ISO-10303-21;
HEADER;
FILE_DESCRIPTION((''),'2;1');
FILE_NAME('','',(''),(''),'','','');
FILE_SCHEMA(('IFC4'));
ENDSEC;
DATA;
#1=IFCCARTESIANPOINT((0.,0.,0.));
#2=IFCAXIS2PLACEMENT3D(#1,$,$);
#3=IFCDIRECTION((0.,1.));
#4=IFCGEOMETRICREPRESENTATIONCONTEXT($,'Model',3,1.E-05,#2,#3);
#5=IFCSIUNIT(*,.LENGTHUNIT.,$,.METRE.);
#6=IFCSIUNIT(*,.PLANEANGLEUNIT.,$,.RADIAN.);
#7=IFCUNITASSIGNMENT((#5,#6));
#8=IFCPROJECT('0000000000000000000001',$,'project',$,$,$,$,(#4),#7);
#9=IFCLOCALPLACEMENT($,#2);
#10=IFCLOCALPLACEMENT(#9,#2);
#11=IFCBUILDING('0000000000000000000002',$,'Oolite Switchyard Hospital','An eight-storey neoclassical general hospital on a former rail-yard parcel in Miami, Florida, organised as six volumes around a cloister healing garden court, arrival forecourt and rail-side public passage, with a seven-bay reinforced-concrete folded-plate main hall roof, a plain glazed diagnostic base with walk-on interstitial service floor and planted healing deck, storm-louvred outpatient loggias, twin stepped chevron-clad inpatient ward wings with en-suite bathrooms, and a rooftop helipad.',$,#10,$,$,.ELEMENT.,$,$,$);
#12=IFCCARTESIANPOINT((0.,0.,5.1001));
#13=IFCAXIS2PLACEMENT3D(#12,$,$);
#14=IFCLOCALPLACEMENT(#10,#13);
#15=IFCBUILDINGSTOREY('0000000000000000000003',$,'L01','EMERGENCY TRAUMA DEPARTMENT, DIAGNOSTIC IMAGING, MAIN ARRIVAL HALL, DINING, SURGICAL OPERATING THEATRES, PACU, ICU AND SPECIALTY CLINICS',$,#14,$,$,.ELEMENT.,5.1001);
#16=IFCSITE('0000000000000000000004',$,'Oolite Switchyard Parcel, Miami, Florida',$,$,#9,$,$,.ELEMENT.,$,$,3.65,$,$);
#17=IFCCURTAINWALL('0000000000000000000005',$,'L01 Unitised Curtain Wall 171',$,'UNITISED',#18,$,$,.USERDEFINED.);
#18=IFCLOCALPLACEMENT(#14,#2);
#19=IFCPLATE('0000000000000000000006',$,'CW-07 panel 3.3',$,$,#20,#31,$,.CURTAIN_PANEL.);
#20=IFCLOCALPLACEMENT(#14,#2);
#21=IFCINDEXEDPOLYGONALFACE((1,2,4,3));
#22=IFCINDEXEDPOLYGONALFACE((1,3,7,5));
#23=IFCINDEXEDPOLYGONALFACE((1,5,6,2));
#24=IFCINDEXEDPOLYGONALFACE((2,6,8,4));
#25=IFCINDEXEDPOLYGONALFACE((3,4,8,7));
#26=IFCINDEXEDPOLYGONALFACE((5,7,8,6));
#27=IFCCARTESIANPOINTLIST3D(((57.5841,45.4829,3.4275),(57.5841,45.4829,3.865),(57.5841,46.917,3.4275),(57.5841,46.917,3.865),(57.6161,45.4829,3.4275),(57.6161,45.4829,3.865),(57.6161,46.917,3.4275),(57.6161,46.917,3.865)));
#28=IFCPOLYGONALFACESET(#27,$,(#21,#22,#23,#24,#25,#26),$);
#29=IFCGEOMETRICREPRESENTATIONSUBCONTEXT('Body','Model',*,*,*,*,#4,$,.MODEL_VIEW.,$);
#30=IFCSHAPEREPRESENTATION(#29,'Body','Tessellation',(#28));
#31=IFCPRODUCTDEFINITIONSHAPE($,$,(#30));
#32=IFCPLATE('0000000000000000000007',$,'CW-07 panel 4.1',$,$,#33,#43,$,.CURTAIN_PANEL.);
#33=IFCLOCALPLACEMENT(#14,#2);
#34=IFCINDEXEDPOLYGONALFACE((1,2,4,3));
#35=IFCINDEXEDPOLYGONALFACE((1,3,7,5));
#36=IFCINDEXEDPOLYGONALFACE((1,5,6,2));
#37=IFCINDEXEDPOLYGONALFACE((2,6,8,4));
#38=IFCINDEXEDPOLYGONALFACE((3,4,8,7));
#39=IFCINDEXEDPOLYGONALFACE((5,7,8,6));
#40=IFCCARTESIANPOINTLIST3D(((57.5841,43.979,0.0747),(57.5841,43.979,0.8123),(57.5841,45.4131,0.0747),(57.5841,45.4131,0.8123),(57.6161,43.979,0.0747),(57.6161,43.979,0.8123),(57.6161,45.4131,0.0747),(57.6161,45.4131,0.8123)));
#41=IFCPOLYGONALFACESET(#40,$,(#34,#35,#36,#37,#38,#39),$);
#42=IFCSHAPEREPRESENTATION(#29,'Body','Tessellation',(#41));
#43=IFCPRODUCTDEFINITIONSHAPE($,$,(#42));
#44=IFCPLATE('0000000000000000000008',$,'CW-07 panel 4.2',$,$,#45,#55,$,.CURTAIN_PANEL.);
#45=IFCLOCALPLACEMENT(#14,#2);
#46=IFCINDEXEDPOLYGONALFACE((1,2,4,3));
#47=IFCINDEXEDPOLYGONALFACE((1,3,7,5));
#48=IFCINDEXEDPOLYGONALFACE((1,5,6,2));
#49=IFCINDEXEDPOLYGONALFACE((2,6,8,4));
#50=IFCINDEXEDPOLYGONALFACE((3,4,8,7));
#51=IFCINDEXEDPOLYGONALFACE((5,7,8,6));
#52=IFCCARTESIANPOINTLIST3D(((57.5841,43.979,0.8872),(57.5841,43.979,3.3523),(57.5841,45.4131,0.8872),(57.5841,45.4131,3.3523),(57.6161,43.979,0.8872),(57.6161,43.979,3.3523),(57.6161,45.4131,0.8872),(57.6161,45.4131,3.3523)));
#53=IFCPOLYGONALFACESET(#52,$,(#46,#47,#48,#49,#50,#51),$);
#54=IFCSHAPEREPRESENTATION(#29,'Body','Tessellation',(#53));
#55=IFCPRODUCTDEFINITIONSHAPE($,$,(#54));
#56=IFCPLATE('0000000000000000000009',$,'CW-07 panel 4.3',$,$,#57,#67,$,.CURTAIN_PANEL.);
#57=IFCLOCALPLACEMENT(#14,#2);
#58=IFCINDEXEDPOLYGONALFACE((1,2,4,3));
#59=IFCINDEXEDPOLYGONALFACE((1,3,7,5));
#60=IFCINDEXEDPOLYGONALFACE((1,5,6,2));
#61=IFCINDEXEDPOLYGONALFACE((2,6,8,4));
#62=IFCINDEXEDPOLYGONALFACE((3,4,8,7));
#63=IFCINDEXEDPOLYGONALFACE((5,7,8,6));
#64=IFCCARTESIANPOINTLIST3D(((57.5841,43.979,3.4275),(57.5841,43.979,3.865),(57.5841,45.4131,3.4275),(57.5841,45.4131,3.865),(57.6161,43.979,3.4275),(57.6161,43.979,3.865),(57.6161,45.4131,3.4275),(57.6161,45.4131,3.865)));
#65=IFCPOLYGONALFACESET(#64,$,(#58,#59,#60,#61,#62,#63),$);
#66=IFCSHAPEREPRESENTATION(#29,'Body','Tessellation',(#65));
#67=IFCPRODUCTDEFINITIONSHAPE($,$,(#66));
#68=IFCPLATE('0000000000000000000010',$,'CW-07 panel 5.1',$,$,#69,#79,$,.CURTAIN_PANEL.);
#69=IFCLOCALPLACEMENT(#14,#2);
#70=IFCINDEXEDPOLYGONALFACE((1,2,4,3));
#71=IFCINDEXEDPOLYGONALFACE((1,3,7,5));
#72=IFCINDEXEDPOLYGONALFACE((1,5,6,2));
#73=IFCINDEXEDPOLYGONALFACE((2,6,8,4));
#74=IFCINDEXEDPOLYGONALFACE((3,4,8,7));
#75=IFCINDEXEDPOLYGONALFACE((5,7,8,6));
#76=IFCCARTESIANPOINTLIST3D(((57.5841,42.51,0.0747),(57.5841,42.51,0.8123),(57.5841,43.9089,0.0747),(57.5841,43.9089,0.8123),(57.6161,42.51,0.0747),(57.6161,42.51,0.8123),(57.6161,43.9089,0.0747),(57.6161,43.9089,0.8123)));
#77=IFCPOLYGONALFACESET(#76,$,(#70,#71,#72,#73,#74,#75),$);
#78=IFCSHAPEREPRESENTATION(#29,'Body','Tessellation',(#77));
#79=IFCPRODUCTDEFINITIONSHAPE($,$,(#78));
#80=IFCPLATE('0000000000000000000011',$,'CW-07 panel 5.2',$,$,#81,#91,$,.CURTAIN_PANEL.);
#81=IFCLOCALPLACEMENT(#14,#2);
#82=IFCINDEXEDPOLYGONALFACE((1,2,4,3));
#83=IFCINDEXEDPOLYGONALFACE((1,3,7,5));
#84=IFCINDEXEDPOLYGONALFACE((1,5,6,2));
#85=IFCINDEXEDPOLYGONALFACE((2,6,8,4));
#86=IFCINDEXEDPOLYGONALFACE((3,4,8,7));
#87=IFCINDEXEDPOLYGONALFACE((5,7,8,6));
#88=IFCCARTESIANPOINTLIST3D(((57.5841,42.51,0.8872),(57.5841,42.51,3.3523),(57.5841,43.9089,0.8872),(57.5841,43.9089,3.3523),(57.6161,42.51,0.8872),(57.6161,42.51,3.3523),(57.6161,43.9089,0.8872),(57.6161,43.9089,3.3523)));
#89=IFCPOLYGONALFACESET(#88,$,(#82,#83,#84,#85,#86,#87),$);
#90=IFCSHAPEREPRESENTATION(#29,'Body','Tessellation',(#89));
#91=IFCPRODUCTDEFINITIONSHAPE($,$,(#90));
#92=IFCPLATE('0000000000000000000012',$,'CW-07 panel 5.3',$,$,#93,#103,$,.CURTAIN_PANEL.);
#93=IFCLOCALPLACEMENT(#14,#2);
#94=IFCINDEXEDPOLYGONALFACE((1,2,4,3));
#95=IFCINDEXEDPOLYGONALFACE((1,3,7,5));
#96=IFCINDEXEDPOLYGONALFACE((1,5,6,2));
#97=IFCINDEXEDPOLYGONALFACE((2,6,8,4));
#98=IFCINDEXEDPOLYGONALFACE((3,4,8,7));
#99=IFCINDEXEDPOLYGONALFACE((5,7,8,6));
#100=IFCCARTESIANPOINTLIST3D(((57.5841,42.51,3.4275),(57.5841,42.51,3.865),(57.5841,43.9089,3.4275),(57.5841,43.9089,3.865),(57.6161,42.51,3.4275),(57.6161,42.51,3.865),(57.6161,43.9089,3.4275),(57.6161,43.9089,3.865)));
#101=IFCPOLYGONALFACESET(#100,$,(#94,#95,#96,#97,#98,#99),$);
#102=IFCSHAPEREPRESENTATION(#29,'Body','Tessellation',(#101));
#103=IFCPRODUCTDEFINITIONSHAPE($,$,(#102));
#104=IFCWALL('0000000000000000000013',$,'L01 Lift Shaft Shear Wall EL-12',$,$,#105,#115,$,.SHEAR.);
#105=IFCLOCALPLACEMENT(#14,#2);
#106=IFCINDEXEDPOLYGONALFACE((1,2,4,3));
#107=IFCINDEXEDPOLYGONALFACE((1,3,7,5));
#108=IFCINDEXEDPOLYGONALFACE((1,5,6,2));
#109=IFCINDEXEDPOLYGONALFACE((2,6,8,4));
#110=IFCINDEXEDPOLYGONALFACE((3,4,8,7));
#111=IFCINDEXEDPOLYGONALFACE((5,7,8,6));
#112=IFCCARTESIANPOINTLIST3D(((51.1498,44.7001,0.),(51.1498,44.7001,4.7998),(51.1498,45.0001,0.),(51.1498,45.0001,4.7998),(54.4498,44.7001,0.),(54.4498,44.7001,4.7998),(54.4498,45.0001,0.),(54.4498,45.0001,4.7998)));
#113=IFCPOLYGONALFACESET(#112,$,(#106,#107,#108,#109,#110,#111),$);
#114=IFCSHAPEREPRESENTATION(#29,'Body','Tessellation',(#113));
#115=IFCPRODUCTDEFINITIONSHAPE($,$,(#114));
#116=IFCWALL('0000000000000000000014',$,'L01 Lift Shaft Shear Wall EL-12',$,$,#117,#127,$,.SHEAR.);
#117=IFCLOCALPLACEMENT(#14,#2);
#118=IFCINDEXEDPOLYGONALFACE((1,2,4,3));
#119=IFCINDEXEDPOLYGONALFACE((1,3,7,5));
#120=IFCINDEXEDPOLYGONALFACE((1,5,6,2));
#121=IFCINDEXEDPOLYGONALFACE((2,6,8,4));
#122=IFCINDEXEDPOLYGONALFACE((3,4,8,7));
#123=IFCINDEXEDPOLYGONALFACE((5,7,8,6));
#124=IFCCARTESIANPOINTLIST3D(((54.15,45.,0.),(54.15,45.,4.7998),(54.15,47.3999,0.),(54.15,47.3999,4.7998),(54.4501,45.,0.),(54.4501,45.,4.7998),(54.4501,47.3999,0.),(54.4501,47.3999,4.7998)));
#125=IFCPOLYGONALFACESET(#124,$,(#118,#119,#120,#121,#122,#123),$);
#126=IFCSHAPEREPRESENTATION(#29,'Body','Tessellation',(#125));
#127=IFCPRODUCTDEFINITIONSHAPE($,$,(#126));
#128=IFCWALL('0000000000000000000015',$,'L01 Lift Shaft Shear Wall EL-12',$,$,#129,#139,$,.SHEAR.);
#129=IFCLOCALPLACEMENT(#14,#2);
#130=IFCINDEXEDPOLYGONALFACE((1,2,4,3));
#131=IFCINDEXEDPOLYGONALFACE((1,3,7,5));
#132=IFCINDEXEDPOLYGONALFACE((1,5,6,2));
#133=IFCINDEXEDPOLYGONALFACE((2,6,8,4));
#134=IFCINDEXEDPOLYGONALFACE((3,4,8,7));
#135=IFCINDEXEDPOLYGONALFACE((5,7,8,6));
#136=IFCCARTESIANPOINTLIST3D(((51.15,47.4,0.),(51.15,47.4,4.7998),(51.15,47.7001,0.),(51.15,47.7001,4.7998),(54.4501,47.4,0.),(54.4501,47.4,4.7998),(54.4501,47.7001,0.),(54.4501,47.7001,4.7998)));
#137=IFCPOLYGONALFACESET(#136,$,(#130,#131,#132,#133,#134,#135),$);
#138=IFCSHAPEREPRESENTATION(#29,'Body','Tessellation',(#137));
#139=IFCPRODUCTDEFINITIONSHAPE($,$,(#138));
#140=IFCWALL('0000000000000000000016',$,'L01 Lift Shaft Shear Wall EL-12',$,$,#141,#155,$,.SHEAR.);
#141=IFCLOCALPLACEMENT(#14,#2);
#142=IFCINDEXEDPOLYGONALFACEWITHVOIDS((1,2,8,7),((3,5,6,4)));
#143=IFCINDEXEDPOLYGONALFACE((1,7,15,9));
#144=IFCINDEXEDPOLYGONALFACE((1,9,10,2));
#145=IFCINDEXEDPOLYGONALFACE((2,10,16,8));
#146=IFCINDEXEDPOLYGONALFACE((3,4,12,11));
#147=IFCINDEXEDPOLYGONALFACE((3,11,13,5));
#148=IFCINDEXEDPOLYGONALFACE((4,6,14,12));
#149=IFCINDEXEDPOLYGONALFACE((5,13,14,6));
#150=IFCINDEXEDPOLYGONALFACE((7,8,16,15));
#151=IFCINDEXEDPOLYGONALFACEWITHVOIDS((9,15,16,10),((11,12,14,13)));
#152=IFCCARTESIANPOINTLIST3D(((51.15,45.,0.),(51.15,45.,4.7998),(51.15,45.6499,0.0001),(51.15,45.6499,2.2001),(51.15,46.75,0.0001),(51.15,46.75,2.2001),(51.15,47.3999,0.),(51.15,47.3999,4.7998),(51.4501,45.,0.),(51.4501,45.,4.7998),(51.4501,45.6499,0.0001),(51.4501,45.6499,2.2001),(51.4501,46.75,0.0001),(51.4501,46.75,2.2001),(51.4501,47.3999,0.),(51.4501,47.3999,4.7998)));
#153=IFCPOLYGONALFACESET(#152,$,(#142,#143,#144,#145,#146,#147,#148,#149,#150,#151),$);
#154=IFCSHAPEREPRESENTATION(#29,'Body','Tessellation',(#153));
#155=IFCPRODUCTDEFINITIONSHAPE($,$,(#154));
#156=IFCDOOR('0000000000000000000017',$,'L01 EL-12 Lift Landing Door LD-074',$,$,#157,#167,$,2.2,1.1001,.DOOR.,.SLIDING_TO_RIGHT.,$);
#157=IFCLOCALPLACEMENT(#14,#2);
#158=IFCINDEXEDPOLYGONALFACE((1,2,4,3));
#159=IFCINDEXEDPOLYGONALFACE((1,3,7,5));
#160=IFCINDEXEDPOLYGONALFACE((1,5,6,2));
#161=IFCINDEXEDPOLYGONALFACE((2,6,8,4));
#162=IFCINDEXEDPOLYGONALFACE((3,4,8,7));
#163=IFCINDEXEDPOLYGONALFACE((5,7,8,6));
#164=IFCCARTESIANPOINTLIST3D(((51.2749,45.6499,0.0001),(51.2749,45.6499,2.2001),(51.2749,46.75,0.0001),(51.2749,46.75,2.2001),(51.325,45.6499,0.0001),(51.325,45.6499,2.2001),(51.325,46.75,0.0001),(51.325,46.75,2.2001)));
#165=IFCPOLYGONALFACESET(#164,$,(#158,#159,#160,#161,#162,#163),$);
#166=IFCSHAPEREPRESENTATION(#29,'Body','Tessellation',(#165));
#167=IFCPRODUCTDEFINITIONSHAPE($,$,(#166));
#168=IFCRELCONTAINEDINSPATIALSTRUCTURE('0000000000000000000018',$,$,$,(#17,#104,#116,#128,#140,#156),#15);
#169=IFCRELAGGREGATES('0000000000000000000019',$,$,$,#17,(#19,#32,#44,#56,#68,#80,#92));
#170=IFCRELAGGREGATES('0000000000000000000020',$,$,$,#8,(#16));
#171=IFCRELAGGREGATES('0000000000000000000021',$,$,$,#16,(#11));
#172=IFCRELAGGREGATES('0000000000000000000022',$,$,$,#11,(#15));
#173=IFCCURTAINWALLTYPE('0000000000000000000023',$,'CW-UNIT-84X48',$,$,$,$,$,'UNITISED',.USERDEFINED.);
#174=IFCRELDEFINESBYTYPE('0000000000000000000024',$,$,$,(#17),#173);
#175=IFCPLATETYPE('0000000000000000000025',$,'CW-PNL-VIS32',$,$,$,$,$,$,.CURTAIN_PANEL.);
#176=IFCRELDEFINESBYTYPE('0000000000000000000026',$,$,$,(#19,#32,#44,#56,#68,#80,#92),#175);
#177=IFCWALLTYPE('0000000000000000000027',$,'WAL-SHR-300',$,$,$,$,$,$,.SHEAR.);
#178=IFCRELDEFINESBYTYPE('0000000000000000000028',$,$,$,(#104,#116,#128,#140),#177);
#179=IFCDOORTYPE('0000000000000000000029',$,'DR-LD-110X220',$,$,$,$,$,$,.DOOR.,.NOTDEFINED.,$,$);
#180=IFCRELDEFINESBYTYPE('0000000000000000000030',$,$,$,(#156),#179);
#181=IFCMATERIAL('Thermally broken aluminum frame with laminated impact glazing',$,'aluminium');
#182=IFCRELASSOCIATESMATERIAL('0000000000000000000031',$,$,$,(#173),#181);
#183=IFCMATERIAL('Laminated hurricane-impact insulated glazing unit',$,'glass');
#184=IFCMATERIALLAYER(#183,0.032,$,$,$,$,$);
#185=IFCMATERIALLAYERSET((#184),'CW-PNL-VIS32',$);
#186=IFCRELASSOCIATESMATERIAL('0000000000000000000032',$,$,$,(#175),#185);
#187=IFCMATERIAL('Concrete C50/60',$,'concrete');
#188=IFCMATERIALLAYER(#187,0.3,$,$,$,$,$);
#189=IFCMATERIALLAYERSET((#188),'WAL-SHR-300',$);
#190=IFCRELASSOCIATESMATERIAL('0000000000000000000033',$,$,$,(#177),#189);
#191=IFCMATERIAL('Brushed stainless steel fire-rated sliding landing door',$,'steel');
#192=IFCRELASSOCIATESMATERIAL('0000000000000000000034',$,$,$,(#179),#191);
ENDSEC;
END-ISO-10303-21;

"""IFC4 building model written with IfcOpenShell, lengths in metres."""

from ifc_helpers import new_model, si_unit, direction, frame, frame_2d, origin, origin_2d, place, context, subcontext, project, spatial, rectangle, extrude, material, layer, layer_set, type_object, element, fill, aggregate, save


model = new_model("IFC4")

# Units and contexts
model_context = context("Model", 3, precision=1e-05, world=origin(), true_north=direction((0.0, 1.0)))
body_context = subcontext(model_context, "Body", "Model", "MODEL_VIEW")
ifc_project = project(units=[si_unit("LENGTHUNIT", "METRE"), si_unit("PLANEANGLEUNIT", "RADIAN")], contexts=[model_context])

# Site, building, storey
site_placement = place(None, origin())
site = spatial("IfcSite", under=ifc_project, at=site_placement, Name="Oolite Switchyard Parcel, Miami, Florida", CompositionType="ELEMENT", RefElevation=3.65)
building_placement = place(site_placement, origin())
building = spatial("IfcBuilding", under=site, at=building_placement, Name="Oolite Switchyard Hospital", Description="An eight-storey neoclassical general hospital on a former rail-yard parcel in Miami, Florida, organised as six volumes around a cloister healing garden court, arrival forecourt and rail-side public passage, with a seven-bay reinforced-concrete folded-plate main hall roof, a plain glazed diagnostic base with walk-on interstitial service floor and planted healing deck, storm-louvred outpatient loggias, twin stepped chevron-clad inpatient ward wings with en-suite bathrooms, and a rooftop helipad.", CompositionType="ELEMENT")
storey_placement = place(building_placement, frame((0.0, 0.0, 5.1001)))
storey = spatial("IfcBuildingStorey", under=building, at=storey_placement, Name="L01", Description="EMERGENCY TRAUMA DEPARTMENT, DIAGNOSTIC IMAGING, MAIN ARRIVAL HALL, DINING, SURGICAL OPERATING THEATRES, PACU, ICU AND SPECIALTY CLINICS", CompositionType="ELEMENT", Elevation=5.1001)

# Curtain wall, plates
ifc_material_1 = material(Name="Thermally broken aluminum frame with laminated impact glazing", Category="aluminium")
curtain_wall_type = type_object("IfcCurtainWallType", Name="CW-UNIT-84X48", ElementType="UNITISED", PredefinedType="USERDEFINED", material=ifc_material_1)
curtain_wall_placement = place(storey_placement, origin())
curtain_wall = element("IfcCurtainWall", 1, at=curtain_wall_placement, inside=storey, type_object=curtain_wall_type, Name="L01 Unitised Curtain Wall 171", ObjectType="UNITISED", PredefinedType="USERDEFINED")
ifc_material_2 = material(Name="Laminated hurricane-impact insulated glazing unit", Category="glass")
ifc_layer_1 = layer(ifc_material_2, 0.032)
ifc_layer_set_1 = layer_set([ifc_layer_1], Name="CW-PNL-VIS32")
plate_type = type_object("IfcPlateType", Name="CW-PNL-VIS32", PredefinedType="CURTAIN_PANEL", material=ifc_layer_set_1)
plate_1_placement = place(storey_placement, frame((57.6001, 46.2, 3.4275), z_axis=(0.0, 0.0, 1.0), x_axis=(0.0, -1.0, 0.0)))
plate_1 = element("IfcPlate", 2, at=plate_1_placement, type_object=plate_type, Name="CW-07 panel 3.3", PredefinedType="CURTAIN_PANEL", context=body_context, shape_type="SweptSolid", body=[
    extrude(rectangle(XDim=1.4341, YDim=0.032, at=origin_2d()), origin(), (0.0, 0.0, 1.0), 0.4375),
])
plate_2_placement = place(storey_placement, frame((57.6001, 44.696, 0.0747), z_axis=(0.0, 0.0, 1.0), x_axis=(0.0, -1.0, 0.0)))
plate_2 = element("IfcPlate", 3, at=plate_2_placement, type_object=plate_type, Name="CW-07 panel 4.1", PredefinedType="CURTAIN_PANEL", context=body_context, shape_type="SweptSolid", body=[
    extrude(rectangle(XDim=1.4341, YDim=0.032, at=origin_2d()), origin(), (0.0, 0.0, 1.0), 0.7375),
])
plate_3_placement = place(storey_placement, frame((57.6001, 44.696, 0.8872), z_axis=(0.0, 0.0, 1.0), x_axis=(0.0, -1.0, 0.0)))
plate_3 = element("IfcPlate", 4, at=plate_3_placement, type_object=plate_type, Name="CW-07 panel 4.2", PredefinedType="CURTAIN_PANEL", context=body_context, shape_type="SweptSolid", body=[
    extrude(rectangle(XDim=1.4341, YDim=0.032, at=origin_2d()), origin(), (0.0, 0.0, 1.0), 2.4651),
])
plate_4_placement = place(storey_placement, frame((57.6001, 44.696, 3.4275), z_axis=(0.0, 0.0, 1.0), x_axis=(0.0, -1.0, 0.0)))
plate_4 = element("IfcPlate", 5, at=plate_4_placement, type_object=plate_type, Name="CW-07 panel 4.3", PredefinedType="CURTAIN_PANEL", context=body_context, shape_type="SweptSolid", body=[
    extrude(rectangle(XDim=1.4341, YDim=0.032, at=origin_2d()), origin(), (0.0, 0.0, 1.0), 0.4375),
])
plate_5_placement = place(storey_placement, frame((57.6001, 43.2095, 0.0747), z_axis=(0.0, 0.0, 1.0), x_axis=(0.0, -1.0, 0.0)))
plate_5 = element("IfcPlate", 6, at=plate_5_placement, type_object=plate_type, Name="CW-07 panel 5.1", PredefinedType="CURTAIN_PANEL", context=body_context, shape_type="SweptSolid", body=[
    extrude(rectangle(XDim=1.3989, YDim=0.032, at=origin_2d()), origin(), (0.0, 0.0, 1.0), 0.7375),
])
plate_6_placement = place(storey_placement, frame((57.6001, 43.2095, 0.8872), z_axis=(0.0, 0.0, 1.0), x_axis=(0.0, -1.0, 0.0)))
plate_6 = element("IfcPlate", 7, at=plate_6_placement, type_object=plate_type, Name="CW-07 panel 5.2", PredefinedType="CURTAIN_PANEL", context=body_context, shape_type="SweptSolid", body=[
    extrude(rectangle(XDim=1.3989, YDim=0.032, at=origin_2d()), origin(), (0.0, 0.0, 1.0), 2.4651),
])
plate_7_placement = place(storey_placement, frame((57.6001, 43.2095, 3.4275), z_axis=(0.0, 0.0, 1.0), x_axis=(0.0, -1.0, 0.0)))
plate_7 = element("IfcPlate", 8, at=plate_7_placement, type_object=plate_type, Name="CW-07 panel 5.3", PredefinedType="CURTAIN_PANEL", context=body_context, shape_type="SweptSolid", body=[
    extrude(rectangle(XDim=1.3989, YDim=0.032, at=origin_2d()), origin(), (0.0, 0.0, 1.0), 0.4375),
])
aggregate(curtain_wall, [plate_1, plate_2, plate_3, plate_4, plate_5, plate_6, plate_7])

# Walls
ifc_material_3 = material(Name="Concrete C50/60", Category="concrete")
ifc_layer_2 = layer(ifc_material_3, 0.3)
ifc_layer_set_2 = layer_set([ifc_layer_2], Name="WAL-SHR-300")
wall_type = type_object("IfcWallType", Name="WAL-SHR-300", PredefinedType="SHEAR", material=ifc_layer_set_2)
wall_1_placement = place(storey_placement, frame((51.1499, 44.8501, 0.0), z_axis=(0.0, 0.0, 1.0), x_axis=(1.0, 0.0, 0.0)))
element("IfcWall", 9, at=wall_1_placement, inside=storey, type_object=wall_type, Name="L01 Lift Shaft Shear Wall EL-12", PredefinedType="SHEAR", context=body_context, shape_type="SweptSolid", body=[
    extrude(rectangle(XDim=3.3, YDim=0.3, at=frame_2d((1.6499, 0.0))), origin(), (0.0, 0.0, 1.0), 4.7998),
])
wall_2_placement = place(storey_placement, frame((54.3, 45.0, 0.0), z_axis=(0.0, 0.0, 1.0), x_axis=(0.0, 1.0, 0.0)))
element("IfcWall", 10, at=wall_2_placement, inside=storey, type_object=wall_type, Name="L01 Lift Shaft Shear Wall EL-12", PredefinedType="SHEAR", context=body_context, shape_type="SweptSolid", body=[
    extrude(rectangle(XDim=2.3999, YDim=0.3, at=frame_2d((1.2, 0.0))), origin(), (0.0, 0.0, 1.0), 4.7998),
])
wall_3_placement = place(storey_placement, frame((54.45, 47.55, 0.0), z_axis=(0.0, 0.0, 1.0), x_axis=(-1.0, 0.0, 0.0)))
element("IfcWall", 11, at=wall_3_placement, inside=storey, type_object=wall_type, Name="L01 Lift Shaft Shear Wall EL-12", PredefinedType="SHEAR", context=body_context, shape_type="SweptSolid", body=[
    extrude(rectangle(XDim=3.3, YDim=0.3, at=frame_2d((1.6499, 0.0))), origin(), (0.0, 0.0, 1.0), 4.7998),
])

# Wall, opening, door
wall_4_placement = place(storey_placement, frame((51.3, 47.3999, 0.0), z_axis=(0.0, 0.0, 1.0), x_axis=(0.0, -1.0, 0.0)))
wall_4 = element("IfcWall", 12, at=wall_4_placement, inside=storey, type_object=wall_type, Name="L01 Lift Shaft Shear Wall EL-12", PredefinedType="SHEAR", context=body_context, shape_type="SweptSolid", body=[
    extrude(rectangle(XDim=2.3999, YDim=0.3, at=frame_2d((1.2, 0.0))), origin(), (0.0, 0.0, 1.0), 4.7998),
])
opening_placement = place(wall_4_placement, frame((0.6499, 0.0, 0.0)))
opening = element("IfcOpeningElement", 13, at=opening_placement, cuts=wall_4, PredefinedType="OPENING", context=body_context, shape_type="SweptSolid", body=[
    extrude(rectangle(XDim=1.1001, YDim=2.2, at=frame_2d((0.55, 1.1001))), frame((0.0, 0.1602, 0.0), z_axis=(0.0, -1.0, 0.0), x_axis=(1.0, 0.0, 0.0)), (0.0, 0.0, 1.0), 0.3201),
])
ifc_material_4 = material(Name="Brushed stainless steel fire-rated sliding landing door", Category="steel")
door_type = type_object("IfcDoorType", Name="DR-LD-110X220", OperationType="NOTDEFINED", PredefinedType="DOOR", material=ifc_material_4)
door_placement = place(opening_placement, origin())
door = element("IfcDoor", 14, at=door_placement, inside=storey, type_object=door_type, Name="L01 EL-12 Lift Landing Door LD-074", OperationType="SLIDING_TO_RIGHT", OverallHeight=2.2, OverallWidth=1.1001, PredefinedType="DOOR", context=body_context, shape_type="SweptSolid", body=[
    extrude(rectangle(XDim=1.1001, YDim=2.2, at=frame_2d((0.55, 1.1001))), frame((0.0, 0.0249, 0.0), z_axis=(0.0, -1.0, 0.0), x_axis=(1.0, 0.0, 0.0)), (0.0, 0.0, 1.0), 0.05),
])
fill(opening, door)

save(model, "model.ifc")
